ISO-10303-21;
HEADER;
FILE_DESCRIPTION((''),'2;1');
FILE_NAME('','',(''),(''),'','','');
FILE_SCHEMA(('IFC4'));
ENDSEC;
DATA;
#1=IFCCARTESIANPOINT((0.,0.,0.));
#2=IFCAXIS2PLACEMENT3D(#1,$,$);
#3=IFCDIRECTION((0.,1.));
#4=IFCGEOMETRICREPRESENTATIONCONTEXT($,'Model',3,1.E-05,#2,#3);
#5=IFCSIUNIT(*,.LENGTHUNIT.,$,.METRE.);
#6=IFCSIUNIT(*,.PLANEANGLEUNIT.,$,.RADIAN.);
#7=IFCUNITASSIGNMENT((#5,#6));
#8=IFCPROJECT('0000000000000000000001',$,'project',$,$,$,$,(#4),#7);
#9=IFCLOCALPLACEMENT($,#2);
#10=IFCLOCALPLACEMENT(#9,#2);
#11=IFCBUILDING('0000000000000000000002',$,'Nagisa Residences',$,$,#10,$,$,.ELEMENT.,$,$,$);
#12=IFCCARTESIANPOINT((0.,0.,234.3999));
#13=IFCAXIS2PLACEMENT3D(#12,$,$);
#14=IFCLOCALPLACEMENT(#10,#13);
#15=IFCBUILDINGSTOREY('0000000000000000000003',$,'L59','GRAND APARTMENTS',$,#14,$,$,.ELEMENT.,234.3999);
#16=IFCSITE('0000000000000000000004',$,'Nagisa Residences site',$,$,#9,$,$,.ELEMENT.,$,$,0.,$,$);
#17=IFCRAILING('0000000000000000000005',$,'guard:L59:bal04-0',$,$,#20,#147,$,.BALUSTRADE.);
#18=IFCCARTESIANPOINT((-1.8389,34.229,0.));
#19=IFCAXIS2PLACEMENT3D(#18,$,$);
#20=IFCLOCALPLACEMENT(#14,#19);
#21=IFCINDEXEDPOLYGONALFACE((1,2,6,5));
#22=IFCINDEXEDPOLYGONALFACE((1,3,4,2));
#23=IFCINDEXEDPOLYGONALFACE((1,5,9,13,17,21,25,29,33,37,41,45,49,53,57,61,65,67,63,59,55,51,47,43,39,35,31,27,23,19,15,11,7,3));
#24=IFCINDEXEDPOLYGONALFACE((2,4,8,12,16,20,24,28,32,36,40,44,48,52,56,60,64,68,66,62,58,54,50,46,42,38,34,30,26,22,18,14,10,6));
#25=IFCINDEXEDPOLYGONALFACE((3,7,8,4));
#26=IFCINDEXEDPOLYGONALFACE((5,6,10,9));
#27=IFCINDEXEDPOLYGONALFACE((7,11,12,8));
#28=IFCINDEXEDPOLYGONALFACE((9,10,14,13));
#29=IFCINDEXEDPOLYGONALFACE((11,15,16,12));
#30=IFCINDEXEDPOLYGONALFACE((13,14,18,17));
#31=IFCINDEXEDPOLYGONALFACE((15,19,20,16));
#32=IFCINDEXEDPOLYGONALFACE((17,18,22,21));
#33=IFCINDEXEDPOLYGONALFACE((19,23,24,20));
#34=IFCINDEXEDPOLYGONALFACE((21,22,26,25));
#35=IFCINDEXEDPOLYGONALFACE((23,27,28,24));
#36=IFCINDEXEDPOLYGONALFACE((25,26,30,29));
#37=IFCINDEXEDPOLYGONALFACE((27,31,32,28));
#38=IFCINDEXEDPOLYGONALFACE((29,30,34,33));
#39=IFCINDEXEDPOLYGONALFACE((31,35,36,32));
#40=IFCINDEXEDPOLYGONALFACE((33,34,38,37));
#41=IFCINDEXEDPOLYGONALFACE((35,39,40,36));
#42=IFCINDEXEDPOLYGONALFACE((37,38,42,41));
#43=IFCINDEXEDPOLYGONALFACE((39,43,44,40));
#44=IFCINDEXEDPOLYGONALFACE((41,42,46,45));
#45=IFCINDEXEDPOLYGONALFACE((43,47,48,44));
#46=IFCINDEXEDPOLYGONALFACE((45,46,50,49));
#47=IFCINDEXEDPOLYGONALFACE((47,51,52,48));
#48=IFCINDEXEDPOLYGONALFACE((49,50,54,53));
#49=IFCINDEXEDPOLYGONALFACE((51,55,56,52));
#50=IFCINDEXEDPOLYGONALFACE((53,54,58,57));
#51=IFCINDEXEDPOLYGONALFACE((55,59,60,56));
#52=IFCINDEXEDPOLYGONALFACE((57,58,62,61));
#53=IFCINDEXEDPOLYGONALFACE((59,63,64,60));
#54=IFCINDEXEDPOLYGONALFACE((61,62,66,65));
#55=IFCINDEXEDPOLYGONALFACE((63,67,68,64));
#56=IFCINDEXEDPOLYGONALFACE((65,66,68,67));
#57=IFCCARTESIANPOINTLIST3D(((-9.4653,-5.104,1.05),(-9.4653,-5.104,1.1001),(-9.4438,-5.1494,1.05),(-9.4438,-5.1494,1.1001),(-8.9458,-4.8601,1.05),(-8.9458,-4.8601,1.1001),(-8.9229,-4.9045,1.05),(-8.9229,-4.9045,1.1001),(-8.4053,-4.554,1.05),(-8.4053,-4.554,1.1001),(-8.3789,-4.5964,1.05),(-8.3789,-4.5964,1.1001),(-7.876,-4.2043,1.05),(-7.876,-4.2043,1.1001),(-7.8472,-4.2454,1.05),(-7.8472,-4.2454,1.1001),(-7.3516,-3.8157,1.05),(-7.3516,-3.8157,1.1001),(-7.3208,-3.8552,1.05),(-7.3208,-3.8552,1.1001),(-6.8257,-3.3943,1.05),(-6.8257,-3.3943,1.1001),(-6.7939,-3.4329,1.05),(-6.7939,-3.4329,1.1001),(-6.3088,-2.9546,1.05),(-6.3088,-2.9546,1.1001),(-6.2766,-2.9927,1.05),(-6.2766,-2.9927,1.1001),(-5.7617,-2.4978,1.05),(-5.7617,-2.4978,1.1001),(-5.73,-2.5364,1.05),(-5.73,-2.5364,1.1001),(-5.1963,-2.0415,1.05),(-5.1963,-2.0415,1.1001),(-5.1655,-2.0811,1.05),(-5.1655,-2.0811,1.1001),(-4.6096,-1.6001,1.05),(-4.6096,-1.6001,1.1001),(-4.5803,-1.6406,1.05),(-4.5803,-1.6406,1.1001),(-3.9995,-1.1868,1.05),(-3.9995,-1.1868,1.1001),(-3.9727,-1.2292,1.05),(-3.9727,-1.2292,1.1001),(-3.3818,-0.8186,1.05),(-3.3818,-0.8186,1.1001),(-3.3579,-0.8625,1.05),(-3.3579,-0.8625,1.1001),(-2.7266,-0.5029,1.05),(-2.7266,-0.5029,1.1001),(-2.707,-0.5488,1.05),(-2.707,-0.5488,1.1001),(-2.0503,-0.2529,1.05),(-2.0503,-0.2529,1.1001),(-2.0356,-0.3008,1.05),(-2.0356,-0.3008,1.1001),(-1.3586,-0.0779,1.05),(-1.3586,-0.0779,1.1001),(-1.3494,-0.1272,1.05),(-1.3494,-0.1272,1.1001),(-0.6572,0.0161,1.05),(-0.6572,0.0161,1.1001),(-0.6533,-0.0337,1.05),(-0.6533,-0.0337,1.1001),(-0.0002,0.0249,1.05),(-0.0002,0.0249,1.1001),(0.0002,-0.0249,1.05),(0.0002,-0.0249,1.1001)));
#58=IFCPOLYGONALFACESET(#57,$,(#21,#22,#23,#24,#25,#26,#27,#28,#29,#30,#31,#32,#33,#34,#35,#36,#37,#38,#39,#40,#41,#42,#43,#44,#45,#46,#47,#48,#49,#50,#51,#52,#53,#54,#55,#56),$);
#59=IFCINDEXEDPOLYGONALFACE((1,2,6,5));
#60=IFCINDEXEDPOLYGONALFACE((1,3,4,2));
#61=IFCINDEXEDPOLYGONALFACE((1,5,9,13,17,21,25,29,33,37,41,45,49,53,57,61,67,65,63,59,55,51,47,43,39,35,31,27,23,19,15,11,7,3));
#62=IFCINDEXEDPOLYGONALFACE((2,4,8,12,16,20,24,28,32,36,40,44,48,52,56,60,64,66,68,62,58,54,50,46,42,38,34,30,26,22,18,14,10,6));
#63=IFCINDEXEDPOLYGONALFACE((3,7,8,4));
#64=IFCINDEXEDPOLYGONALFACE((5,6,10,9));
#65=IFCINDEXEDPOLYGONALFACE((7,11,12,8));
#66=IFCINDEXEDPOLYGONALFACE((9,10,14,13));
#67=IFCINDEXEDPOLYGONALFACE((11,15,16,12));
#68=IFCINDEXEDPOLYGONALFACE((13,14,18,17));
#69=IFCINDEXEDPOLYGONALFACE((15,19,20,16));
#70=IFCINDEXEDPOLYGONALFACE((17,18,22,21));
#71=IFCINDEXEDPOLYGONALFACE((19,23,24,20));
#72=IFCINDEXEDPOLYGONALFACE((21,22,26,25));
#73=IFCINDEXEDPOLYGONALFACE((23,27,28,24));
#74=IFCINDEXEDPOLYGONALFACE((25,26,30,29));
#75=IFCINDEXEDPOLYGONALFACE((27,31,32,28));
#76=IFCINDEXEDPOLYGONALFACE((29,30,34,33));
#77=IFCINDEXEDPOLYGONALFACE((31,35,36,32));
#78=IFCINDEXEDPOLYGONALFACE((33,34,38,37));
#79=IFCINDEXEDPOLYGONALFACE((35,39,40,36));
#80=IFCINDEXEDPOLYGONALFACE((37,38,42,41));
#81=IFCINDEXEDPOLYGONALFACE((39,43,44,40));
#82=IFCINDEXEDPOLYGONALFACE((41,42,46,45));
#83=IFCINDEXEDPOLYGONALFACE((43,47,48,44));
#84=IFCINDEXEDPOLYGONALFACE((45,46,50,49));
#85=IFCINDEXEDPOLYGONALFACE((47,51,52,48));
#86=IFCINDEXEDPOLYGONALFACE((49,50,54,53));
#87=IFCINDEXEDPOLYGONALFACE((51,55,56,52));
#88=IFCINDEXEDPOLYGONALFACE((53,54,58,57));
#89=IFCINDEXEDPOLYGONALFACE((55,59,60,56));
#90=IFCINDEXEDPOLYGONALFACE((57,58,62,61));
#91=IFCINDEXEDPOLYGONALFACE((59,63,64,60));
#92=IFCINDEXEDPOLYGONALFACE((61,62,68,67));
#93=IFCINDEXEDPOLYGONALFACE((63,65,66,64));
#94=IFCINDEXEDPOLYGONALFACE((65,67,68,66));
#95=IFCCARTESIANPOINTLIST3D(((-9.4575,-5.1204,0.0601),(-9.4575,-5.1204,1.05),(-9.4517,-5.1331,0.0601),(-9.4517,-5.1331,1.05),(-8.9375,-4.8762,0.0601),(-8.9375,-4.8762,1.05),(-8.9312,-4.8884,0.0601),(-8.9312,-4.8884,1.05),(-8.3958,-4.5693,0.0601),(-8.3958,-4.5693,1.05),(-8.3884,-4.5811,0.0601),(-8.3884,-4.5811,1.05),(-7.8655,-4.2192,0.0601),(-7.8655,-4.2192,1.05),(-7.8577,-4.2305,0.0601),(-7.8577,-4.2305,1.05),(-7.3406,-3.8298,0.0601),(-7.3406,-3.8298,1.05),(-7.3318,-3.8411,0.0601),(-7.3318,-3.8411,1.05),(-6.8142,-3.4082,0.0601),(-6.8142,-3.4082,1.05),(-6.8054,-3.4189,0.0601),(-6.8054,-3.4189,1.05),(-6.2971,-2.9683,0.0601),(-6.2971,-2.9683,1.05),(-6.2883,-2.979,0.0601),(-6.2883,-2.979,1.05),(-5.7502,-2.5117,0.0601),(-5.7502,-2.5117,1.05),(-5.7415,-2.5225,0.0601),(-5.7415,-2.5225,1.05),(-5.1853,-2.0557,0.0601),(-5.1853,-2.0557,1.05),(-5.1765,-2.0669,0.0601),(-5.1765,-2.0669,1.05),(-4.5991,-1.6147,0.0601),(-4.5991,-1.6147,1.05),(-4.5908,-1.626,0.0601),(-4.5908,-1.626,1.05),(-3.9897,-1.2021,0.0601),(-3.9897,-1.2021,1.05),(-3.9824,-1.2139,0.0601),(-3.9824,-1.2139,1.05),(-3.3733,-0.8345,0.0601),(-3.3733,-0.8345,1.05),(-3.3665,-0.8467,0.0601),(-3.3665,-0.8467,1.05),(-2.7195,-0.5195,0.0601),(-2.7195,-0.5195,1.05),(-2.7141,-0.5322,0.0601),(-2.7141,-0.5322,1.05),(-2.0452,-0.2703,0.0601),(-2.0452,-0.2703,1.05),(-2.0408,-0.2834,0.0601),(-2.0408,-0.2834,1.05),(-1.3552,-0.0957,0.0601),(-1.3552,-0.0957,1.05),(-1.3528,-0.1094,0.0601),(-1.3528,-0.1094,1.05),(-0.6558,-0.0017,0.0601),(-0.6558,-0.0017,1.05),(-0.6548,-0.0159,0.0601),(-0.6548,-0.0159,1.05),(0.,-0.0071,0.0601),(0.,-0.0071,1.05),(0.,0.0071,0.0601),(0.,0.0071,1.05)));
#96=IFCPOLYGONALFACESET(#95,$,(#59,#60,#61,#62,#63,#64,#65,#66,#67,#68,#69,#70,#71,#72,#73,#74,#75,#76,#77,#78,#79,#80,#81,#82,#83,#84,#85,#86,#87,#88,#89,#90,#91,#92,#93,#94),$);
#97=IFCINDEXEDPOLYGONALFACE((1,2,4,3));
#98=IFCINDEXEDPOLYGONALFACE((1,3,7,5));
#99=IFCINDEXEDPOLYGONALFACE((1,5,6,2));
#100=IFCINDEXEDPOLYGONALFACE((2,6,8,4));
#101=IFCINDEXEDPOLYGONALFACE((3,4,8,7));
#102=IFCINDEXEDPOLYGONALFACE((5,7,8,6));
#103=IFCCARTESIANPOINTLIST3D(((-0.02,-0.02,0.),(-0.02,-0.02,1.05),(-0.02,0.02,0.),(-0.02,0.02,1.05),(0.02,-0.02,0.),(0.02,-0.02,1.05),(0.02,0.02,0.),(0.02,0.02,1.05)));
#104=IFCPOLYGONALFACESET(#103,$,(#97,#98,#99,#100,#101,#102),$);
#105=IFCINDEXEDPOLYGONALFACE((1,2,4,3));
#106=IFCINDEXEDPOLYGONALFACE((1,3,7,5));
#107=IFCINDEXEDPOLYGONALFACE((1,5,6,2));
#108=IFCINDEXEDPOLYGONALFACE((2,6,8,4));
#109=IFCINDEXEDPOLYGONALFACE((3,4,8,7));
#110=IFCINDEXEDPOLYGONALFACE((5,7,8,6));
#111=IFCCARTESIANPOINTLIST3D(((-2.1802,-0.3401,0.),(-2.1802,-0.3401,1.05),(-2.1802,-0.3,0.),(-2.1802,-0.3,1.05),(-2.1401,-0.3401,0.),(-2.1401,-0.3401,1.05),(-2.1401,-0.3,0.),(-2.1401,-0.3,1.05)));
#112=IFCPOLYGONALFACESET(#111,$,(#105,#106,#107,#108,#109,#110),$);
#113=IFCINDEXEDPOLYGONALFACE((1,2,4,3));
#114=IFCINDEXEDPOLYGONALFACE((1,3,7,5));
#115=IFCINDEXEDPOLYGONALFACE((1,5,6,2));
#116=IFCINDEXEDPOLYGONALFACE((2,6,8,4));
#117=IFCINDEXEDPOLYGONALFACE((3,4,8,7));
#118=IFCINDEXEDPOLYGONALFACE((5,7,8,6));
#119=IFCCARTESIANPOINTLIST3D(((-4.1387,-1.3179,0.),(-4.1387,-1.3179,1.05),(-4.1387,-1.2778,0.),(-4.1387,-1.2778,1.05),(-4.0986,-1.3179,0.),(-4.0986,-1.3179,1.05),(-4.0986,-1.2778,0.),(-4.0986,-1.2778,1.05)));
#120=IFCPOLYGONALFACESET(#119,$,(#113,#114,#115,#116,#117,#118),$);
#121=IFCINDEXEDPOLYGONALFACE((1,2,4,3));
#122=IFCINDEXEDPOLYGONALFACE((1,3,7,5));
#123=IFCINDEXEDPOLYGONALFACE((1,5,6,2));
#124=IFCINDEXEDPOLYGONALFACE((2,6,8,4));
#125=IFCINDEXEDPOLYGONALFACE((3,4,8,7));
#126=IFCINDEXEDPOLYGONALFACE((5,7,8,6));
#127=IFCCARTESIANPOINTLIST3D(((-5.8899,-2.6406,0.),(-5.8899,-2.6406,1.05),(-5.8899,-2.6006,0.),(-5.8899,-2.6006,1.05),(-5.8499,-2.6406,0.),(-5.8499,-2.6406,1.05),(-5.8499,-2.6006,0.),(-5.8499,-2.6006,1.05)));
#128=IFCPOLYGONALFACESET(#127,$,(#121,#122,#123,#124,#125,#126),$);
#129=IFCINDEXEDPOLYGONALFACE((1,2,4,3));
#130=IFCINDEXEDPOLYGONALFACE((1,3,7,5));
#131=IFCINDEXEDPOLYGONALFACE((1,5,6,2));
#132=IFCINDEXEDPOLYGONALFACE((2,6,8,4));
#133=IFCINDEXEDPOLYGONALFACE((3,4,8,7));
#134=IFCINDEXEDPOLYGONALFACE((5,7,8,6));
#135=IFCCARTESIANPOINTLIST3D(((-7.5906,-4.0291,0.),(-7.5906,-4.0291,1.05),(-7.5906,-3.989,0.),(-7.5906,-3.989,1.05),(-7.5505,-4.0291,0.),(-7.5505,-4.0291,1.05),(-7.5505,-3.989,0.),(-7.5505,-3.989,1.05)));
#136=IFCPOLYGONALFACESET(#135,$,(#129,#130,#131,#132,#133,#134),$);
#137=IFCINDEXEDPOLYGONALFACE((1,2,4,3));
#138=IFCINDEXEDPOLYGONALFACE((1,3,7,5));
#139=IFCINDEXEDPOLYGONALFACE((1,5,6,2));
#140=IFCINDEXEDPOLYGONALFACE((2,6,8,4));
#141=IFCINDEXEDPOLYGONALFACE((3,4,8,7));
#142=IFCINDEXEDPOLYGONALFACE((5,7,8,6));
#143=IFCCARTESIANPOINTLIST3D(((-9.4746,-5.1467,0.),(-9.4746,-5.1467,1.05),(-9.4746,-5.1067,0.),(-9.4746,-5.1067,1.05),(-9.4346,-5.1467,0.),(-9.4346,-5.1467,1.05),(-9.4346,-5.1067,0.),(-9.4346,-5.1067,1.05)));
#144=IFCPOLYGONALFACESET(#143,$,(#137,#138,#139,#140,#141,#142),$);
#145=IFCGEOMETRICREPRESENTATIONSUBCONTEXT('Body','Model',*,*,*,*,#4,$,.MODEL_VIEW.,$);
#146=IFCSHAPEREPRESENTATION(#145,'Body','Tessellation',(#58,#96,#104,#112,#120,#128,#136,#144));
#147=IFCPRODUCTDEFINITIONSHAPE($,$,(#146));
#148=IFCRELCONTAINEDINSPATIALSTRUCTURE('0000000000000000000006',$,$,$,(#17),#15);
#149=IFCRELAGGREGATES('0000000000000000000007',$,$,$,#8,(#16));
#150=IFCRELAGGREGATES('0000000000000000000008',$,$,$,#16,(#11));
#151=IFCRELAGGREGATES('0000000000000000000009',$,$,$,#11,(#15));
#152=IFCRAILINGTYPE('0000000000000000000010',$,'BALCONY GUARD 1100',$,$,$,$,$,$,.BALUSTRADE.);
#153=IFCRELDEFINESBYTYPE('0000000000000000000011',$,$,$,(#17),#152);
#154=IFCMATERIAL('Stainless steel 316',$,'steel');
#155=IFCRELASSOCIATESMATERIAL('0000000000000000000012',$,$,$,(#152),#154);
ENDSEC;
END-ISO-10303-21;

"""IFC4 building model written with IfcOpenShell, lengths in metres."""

from ifc_helpers import new_model, si_unit, direction, frame, origin, origin_2d, place, context, subcontext, project, spatial, polyline, rectangle, outline, extrude, material, type_object, element, save


model = new_model("IFC4")

# Units and contexts
model_context = context("Model", 3, precision=1e-05, world=origin(), true_north=direction((0.0, 1.0)))
body_context = subcontext(model_context, "Body", "Model", "MODEL_VIEW")
ifc_project = project(units=[si_unit("LENGTHUNIT", "METRE"), si_unit("PLANEANGLEUNIT", "RADIAN")], contexts=[model_context])

# Site, building, storey
site_placement = place(None, origin())
site = spatial("IfcSite", under=ifc_project, at=site_placement, Name="Nagisa Residences site", CompositionType="ELEMENT", RefElevation=0.0)
building_placement = place(site_placement, origin())
building = spatial("IfcBuilding", under=site, at=building_placement, Name="Nagisa Residences", CompositionType="ELEMENT")
storey_placement = place(building_placement, frame((0.0, 0.0, 234.3999)))
storey = spatial("IfcBuildingStorey", under=building, at=storey_placement, Name="L59", Description="GRAND APARTMENTS", CompositionType="ELEMENT", Elevation=234.3999)

# Railing
ifc_material_1 = material(Name="Stainless steel 316", Category="steel")
railing_type = type_object("IfcRailingType", Name="BALCONY GUARD 1100", PredefinedType="BALUSTRADE", material=ifc_material_1)
railing_placement = place(storey_placement, frame((-1.8389, 34.229, 0.0)))
element("IfcRailing", 1, at=railing_placement, inside=storey, type_object=railing_type, Name="guard:L59:bal04-0", PredefinedType="BALUSTRADE", context=body_context, shape_type="SweptSolid", body=[
    extrude(outline(polyline([(-0.6533, -0.0337), (0.0002, -0.0249), (-0.0002, 0.0249), (-0.6572, 0.0161), (-1.3586, -0.0779), (-2.0503, -0.2529), (-2.7266, -0.5029), (-3.3818, -0.8186), (-3.9995, -1.1868), (-4.6096, -1.6001), (-5.1963, -2.0415), (-5.7617, -2.4978), (-6.3088, -2.9546), (-6.8257, -3.3943), (-7.3516, -3.8157), (-7.876, -4.2043), (-8.4053, -4.554), (-8.9458, -4.8601), (-9.4653, -5.104), (-9.4438, -5.1494), (-8.9229, -4.9045), (-8.3789, -4.5964), (-7.8472, -4.2454), (-7.3208, -3.8552), (-6.7939, -3.4329), (-6.2766, -2.9927), (-5.73, -2.5364), (-5.1655, -2.0811), (-4.5803, -1.6406), (-3.9727, -1.2292), (-3.3579, -0.8625), (-2.707, -0.5488), (-2.0356, -0.3008), (-1.3494, -0.1272), (-0.6533, -0.0337)])), frame((0.0, 0.0, 1.05)), (0.0, 0.0, 1.0), 0.05),
    extrude(outline(polyline([(-0.6548, -0.0159), (0.0, -0.0071), (0.0, 0.0071), (-0.6558, -0.0017), (-1.3552, -0.0957), (-2.0452, -0.2703), (-2.7195, -0.5195), (-3.3733, -0.8345), (-3.9897, -1.2021), (-4.5991, -1.6147), (-5.1853, -2.0557), (-5.7502, -2.5117), (-6.2971, -2.9683), (-6.8142, -3.4082), (-7.3406, -3.8298), (-7.8655, -4.2192), (-8.3958, -4.5693), (-8.9375, -4.8762), (-9.4575, -5.1204), (-9.4517, -5.1331), (-8.9312, -4.8884), (-8.3884, -4.5811), (-7.8577, -4.2305), (-7.3318, -3.8411), (-6.8054, -3.4189), (-6.2883, -2.979), (-5.7415, -2.5225), (-5.1765, -2.0669), (-4.5908, -1.626), (-3.9824, -1.2139), (-3.3665, -0.8467), (-2.7141, -0.5322), (-2.0408, -0.2834), (-1.3528, -0.1094), (-0.6548, -0.0159)])), frame((0.0, 0.0, 0.0601)), (0.0, 0.0, 1.0), 0.99),
    extrude(rectangle(XDim=0.04, YDim=0.04, at=origin_2d()), origin(), (0.0, 0.0, 1.0), 1.05),
    extrude(rectangle(XDim=0.04, YDim=0.04, at=origin_2d()), frame((-2.1602, -0.3201, 0.0)), (0.0, 0.0, 1.0), 1.05),
    extrude(rectangle(XDim=0.04, YDim=0.04, at=origin_2d()), frame((-4.1187, -1.2979, 0.0)), (0.0, 0.0, 1.0), 1.05),
    extrude(rectangle(XDim=0.04, YDim=0.04, at=origin_2d()), frame((-5.8699, -2.6206, 0.0)), (0.0, 0.0, 1.0), 1.05),
    extrude(rectangle(XDim=0.04, YDim=0.04, at=origin_2d()), frame((-7.5706, -4.009, 0.0)), (0.0, 0.0, 1.0), 1.05),
    extrude(rectangle(XDim=0.04, YDim=0.04, at=origin_2d()), frame((-9.4546, -5.1267, 0.0)), (0.0, 0.0, 1.0), 1.05),
])

save(model, "model.ifc")
